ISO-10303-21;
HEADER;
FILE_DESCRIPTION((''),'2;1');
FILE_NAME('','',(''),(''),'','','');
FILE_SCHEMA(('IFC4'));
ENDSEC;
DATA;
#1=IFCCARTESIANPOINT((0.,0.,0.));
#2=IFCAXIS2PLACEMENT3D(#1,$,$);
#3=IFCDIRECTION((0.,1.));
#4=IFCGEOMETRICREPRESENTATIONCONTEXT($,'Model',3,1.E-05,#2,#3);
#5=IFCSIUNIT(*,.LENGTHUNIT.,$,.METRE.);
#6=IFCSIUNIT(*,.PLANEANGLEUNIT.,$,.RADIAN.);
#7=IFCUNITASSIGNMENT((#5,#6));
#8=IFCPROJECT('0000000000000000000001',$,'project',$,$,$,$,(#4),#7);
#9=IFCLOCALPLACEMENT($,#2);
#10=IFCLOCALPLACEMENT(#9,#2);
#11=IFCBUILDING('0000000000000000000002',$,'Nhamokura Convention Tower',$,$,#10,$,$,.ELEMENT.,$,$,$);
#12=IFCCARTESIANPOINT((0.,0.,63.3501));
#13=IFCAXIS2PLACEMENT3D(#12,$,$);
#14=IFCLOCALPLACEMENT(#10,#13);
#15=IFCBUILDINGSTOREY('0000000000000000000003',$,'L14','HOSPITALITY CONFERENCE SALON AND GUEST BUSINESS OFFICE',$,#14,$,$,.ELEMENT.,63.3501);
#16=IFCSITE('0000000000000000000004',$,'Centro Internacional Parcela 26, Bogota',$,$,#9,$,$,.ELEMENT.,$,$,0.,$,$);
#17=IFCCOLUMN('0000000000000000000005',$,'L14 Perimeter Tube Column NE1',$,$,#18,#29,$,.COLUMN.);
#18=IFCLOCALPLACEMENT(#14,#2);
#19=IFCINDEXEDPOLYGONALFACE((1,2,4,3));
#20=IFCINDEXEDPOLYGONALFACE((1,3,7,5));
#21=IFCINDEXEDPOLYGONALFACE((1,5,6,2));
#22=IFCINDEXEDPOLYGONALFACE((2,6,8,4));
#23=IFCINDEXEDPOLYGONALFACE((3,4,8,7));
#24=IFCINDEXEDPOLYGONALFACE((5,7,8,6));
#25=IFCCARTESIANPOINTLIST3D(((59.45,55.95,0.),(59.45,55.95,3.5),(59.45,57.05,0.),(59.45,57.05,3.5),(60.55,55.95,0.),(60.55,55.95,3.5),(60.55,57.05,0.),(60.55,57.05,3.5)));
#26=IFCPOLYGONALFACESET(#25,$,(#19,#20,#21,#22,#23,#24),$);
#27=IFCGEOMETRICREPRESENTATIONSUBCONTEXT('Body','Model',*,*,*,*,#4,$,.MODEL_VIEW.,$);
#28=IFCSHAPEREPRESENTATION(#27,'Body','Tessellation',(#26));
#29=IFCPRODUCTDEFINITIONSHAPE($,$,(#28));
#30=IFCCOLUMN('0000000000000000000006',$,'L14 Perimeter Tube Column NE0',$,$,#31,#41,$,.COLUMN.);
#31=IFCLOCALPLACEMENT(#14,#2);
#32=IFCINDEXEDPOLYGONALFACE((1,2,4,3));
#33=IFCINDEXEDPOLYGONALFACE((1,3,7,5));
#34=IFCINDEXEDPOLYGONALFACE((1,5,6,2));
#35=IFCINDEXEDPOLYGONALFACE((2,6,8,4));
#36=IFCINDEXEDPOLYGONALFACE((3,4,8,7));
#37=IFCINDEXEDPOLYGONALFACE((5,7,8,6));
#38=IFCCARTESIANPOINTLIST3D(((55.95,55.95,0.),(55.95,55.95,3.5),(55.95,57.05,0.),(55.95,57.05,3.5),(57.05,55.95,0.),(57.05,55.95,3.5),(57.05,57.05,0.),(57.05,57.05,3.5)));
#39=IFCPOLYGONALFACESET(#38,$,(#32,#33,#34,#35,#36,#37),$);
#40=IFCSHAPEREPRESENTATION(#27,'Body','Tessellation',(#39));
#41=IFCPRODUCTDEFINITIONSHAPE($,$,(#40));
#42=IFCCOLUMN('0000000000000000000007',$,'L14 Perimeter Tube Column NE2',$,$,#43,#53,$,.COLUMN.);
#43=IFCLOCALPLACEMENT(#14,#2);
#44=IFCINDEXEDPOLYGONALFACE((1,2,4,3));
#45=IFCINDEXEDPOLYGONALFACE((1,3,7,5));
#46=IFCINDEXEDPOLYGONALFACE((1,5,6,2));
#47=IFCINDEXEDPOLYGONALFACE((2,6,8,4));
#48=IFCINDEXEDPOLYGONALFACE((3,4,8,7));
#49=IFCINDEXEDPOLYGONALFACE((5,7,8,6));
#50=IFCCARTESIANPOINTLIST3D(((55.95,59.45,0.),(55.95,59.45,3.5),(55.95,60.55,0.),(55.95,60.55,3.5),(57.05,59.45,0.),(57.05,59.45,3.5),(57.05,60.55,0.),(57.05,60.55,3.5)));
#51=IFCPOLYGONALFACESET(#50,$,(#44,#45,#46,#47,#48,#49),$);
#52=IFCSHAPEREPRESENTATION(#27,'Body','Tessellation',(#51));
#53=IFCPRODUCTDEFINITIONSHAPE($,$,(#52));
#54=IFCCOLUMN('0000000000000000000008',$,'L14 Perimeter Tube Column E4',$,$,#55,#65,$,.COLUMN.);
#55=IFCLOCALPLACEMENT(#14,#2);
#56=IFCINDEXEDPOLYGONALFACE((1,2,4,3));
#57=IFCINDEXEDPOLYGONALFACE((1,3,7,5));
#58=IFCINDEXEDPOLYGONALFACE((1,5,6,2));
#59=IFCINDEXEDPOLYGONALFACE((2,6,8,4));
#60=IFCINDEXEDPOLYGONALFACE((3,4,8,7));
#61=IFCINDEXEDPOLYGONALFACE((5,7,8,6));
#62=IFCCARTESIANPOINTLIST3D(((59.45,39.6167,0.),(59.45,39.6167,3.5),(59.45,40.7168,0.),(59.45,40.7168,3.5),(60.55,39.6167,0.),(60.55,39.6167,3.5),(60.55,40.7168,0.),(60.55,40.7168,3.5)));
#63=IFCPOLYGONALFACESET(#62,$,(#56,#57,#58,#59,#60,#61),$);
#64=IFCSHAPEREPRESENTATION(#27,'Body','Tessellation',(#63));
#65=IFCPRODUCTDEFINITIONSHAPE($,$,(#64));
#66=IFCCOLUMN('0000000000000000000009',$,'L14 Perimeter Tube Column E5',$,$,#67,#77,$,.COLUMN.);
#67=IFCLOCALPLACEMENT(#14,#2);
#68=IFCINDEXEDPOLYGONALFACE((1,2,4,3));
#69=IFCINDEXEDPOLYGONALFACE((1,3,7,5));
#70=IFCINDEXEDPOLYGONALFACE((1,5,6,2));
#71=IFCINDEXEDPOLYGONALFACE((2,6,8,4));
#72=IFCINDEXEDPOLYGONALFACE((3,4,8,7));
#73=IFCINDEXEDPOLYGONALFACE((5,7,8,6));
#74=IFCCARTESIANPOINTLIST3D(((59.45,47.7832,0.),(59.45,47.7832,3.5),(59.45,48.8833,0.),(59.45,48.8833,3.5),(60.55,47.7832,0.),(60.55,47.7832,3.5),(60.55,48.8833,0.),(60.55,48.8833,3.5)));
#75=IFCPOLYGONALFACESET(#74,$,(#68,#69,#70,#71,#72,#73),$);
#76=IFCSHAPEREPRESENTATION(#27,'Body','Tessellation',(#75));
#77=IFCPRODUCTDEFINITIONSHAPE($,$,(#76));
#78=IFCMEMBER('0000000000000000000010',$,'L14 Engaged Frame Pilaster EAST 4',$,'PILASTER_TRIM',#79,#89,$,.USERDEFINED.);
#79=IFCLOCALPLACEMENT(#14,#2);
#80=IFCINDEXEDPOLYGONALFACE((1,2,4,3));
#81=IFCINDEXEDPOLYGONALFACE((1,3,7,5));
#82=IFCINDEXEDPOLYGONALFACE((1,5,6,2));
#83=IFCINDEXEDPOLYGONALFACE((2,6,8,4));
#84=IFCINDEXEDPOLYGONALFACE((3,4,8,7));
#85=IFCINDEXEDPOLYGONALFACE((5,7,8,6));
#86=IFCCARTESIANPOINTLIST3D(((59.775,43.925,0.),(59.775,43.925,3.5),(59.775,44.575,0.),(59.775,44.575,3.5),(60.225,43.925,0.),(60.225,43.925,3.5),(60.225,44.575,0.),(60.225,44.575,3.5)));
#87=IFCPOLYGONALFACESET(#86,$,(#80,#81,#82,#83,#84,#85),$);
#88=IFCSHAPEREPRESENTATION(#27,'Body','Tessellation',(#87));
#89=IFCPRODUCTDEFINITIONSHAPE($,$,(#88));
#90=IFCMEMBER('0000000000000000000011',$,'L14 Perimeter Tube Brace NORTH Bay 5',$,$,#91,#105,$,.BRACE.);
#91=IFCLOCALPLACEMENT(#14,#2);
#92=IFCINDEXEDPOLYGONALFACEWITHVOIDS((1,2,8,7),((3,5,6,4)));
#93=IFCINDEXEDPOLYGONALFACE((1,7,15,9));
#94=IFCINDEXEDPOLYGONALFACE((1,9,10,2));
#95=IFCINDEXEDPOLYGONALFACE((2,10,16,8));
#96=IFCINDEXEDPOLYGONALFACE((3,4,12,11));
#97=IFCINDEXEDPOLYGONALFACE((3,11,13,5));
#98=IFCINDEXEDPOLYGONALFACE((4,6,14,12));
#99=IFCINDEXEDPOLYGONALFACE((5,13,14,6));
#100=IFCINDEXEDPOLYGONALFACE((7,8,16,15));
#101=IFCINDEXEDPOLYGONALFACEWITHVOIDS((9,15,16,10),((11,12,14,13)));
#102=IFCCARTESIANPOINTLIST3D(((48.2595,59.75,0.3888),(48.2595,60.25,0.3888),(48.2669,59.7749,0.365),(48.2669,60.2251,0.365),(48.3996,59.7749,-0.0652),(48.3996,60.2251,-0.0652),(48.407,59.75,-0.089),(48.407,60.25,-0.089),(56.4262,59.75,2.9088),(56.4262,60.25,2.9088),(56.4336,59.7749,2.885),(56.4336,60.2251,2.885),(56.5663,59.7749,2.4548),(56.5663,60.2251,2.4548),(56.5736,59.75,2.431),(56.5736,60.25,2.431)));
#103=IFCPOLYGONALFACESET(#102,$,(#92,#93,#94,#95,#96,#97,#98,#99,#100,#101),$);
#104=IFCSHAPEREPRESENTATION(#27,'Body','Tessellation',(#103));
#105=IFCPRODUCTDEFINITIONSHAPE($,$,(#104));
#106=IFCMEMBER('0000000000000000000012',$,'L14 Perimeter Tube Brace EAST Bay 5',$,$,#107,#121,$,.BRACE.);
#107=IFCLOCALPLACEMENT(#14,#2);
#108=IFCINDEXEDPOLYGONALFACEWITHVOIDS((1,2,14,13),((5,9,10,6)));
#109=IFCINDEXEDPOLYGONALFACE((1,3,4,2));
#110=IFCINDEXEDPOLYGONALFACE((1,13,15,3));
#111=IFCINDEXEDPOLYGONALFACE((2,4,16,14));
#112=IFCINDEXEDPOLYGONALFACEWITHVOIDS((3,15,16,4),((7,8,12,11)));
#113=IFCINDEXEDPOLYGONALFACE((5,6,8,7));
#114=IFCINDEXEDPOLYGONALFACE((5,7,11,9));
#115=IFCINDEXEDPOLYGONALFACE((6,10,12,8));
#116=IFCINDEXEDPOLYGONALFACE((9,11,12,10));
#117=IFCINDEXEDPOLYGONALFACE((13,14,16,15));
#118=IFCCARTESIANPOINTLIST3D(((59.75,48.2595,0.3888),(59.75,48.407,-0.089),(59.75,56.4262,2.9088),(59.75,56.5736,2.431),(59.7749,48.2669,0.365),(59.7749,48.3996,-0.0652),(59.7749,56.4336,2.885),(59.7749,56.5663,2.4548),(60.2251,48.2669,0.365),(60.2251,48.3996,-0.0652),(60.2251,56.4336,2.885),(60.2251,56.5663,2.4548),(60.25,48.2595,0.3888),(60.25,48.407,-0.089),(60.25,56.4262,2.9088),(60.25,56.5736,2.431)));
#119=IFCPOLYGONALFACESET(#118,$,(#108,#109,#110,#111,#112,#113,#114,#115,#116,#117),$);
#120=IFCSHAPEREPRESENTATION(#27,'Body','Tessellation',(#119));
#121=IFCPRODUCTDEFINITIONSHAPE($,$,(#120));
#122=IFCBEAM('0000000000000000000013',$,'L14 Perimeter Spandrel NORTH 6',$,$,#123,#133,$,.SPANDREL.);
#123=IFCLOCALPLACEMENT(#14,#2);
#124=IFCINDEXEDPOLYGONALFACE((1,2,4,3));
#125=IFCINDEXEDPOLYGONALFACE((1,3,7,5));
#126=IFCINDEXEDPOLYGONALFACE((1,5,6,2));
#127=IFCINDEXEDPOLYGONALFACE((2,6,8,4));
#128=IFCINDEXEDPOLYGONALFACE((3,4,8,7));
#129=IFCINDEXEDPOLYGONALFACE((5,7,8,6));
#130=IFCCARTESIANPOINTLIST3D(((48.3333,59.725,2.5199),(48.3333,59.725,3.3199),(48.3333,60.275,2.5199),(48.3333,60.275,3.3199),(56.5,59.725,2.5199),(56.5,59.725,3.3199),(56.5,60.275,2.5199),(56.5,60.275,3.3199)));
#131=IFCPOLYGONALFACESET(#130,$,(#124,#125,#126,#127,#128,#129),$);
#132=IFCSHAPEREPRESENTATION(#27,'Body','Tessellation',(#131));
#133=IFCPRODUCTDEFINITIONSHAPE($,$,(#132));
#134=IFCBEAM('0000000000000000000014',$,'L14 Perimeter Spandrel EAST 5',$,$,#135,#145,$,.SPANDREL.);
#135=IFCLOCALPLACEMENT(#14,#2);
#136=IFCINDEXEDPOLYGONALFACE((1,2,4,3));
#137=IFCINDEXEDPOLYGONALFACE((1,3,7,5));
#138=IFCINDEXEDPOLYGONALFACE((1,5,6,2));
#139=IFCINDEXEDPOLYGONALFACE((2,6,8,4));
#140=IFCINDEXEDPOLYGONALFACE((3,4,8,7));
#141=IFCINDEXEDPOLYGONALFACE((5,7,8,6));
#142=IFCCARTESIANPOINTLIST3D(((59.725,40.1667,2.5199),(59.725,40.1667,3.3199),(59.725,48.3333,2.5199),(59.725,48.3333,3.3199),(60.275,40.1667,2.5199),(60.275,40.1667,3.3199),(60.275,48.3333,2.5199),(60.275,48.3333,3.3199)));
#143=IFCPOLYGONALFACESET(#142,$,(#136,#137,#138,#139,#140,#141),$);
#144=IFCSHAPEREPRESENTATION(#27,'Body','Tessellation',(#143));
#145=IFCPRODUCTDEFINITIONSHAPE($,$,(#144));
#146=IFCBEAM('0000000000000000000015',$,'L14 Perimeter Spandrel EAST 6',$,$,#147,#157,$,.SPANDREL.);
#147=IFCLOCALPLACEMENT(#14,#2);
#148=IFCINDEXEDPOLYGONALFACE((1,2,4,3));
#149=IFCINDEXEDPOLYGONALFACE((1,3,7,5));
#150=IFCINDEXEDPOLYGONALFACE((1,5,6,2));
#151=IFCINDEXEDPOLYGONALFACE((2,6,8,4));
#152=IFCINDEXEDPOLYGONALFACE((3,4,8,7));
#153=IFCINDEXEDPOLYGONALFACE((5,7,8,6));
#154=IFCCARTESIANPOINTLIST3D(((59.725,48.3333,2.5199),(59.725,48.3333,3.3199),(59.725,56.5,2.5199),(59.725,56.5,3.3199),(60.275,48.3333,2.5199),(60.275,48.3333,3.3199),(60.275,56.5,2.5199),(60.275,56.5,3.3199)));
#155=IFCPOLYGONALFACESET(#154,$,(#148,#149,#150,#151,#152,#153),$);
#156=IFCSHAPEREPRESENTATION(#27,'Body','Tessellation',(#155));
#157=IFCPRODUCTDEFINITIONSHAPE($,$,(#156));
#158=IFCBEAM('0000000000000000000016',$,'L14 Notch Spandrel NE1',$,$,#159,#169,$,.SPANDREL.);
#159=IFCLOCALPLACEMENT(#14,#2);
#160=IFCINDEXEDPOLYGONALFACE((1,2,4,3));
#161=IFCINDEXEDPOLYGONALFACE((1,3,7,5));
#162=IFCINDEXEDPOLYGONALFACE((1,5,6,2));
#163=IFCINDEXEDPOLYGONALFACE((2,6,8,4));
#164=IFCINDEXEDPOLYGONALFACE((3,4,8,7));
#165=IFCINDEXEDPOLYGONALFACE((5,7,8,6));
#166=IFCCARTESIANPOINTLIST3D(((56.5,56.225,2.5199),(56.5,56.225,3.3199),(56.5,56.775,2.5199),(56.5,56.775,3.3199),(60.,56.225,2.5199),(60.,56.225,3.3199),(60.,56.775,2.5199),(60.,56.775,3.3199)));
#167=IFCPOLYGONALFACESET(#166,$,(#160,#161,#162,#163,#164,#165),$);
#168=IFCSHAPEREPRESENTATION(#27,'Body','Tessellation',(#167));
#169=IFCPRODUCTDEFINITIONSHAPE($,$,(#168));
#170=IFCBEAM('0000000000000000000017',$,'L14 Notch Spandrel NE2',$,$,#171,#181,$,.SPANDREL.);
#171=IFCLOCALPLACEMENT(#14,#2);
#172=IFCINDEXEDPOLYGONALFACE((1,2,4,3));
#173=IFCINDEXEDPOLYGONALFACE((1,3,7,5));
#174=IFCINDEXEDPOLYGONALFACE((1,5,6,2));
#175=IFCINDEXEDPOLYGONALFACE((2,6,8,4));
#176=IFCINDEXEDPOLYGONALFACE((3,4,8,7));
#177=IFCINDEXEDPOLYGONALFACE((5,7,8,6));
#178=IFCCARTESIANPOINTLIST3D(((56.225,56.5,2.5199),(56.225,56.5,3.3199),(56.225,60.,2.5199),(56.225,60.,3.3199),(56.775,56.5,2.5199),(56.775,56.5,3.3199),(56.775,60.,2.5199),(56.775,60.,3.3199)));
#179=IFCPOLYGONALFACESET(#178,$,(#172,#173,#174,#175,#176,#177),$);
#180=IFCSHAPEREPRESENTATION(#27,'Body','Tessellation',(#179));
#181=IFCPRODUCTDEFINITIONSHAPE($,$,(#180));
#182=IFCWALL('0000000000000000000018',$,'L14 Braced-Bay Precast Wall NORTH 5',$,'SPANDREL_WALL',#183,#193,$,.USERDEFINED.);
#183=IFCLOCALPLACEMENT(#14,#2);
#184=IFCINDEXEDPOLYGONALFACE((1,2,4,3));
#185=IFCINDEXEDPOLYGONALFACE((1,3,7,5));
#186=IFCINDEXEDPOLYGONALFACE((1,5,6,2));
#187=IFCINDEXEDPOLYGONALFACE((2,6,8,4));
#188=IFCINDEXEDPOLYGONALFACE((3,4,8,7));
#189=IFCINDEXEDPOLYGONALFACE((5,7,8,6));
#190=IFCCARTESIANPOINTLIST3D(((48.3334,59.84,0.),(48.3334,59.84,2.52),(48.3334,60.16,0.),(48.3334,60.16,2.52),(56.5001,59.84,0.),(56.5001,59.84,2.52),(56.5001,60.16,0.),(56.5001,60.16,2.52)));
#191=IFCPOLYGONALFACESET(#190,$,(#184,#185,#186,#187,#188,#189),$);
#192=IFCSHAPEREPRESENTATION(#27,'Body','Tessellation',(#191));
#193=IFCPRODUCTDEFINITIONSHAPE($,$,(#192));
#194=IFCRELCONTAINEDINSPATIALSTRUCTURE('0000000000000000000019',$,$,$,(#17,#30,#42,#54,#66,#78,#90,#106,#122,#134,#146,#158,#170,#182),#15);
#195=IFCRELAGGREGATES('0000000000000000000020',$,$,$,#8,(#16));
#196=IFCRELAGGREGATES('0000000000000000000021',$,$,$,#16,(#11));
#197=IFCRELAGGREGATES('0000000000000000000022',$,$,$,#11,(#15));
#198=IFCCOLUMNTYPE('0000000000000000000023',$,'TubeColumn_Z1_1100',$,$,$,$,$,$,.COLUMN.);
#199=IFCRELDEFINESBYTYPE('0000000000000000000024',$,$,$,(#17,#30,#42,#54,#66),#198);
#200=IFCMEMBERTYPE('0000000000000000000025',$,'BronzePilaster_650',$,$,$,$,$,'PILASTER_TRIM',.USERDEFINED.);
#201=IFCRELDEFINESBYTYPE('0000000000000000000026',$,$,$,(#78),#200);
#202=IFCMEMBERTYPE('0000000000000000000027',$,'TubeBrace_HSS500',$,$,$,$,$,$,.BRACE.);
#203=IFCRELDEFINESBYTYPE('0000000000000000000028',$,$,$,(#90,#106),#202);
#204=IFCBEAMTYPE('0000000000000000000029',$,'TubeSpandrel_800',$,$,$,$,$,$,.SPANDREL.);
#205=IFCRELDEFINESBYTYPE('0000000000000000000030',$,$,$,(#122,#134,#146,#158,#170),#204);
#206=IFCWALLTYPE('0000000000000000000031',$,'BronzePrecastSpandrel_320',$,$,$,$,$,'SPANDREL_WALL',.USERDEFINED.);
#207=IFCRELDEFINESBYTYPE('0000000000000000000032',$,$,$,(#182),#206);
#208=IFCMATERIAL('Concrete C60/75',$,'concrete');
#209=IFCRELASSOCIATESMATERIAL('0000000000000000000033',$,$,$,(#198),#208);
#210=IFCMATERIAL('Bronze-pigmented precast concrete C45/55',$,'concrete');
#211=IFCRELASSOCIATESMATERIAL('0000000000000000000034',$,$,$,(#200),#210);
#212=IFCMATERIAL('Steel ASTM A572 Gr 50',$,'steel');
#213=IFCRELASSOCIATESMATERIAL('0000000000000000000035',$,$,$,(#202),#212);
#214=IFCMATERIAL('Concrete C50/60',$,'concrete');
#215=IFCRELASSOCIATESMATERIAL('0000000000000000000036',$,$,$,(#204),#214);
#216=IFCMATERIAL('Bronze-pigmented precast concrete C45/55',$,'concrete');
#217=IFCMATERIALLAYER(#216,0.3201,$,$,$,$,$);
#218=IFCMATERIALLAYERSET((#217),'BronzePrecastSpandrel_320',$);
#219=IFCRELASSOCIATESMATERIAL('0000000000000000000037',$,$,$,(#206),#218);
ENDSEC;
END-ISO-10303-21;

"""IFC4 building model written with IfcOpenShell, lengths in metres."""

from ifc_helpers import new_model, si_unit, direction, frame, frame_2d, origin, origin_2d, place, context, subcontext, project, spatial, rectangle, hollow_rectangle, extrude, material, layer, layer_set, material_profile, profile_set, type_object, element, save


model = new_model("IFC4")

# Units and contexts
model_context = context("Model", 3, precision=1e-05, world=origin(), true_north=direction((0.0, 1.0)))
body_context = subcontext(model_context, "Body", "Model", "MODEL_VIEW")
ifc_project = project(units=[si_unit("LENGTHUNIT", "METRE"), si_unit("PLANEANGLEUNIT", "RADIAN")], contexts=[model_context])

# Site, building, storey
site_placement = place(None, origin())
site = spatial("IfcSite", under=ifc_project, at=site_placement, Name="Centro Internacional Parcela 26, Bogota", CompositionType="ELEMENT", RefElevation=0.0)
building_placement = place(site_placement, origin())
building = spatial("IfcBuilding", under=site, at=building_placement, Name="Nhamokura Convention Tower", CompositionType="ELEMENT")
storey_placement = place(building_placement, frame((0.0, 0.0, 63.3501)))
storey = spatial("IfcBuildingStorey", under=building, at=storey_placement, Name="L14", Description="HOSPITALITY CONFERENCE SALON AND GUEST BUSINESS OFFICE", CompositionType="ELEMENT", Elevation=63.3501)

# Columns
ifc_material_1 = material(Name="Concrete C60/75", Category="concrete")
ifc_material_profile_1 = material_profile(ifc_material_1, rectangle(XDim=1.1001, YDim=1.1001, at=origin_2d()))
ifc_profile_set_1 = profile_set([ifc_material_profile_1], Name="Concrete C60/75")
column_type = type_object("IfcColumnType", Name="TubeColumn_Z1_1100", PredefinedType="COLUMN", material=ifc_profile_set_1)
for number, where, z_axis, x_axis, name in (
    (1, (60.0, 56.5, 0.0), (0.0, 0.0, 1.0), (1.0, 0.0, 0.0), "L14 Perimeter Tube Column NE1"),
    (2, (56.5, 56.5, 0.0), (0.0, 0.0, 1.0), (1.0, 0.0, 0.0), "L14 Perimeter Tube Column NE0"),
    (3, (56.5, 60.0, 0.0), (0.0, 0.0, 1.0), (1.0, 0.0, 0.0), "L14 Perimeter Tube Column NE2"),
    (4, (60.0, 40.1667, 0.0), (0.0, 0.0, 1.0), (1.0, 0.0, 0.0), "L14 Perimeter Tube Column E4"),
    (5, (60.0, 48.3333, 0.0), (0.0, 0.0, 1.0), (1.0, 0.0, 0.0), "L14 Perimeter Tube Column E5"),
):
    element("IfcColumn", number, at=place(storey_placement, frame(where, z_axis=z_axis, x_axis=x_axis)), inside=storey, type_object=column_type, Name=name, PredefinedType="COLUMN", context=body_context, shape_type="SweptSolid", body=[
        extrude(rectangle(XDim=1.1001, YDim=1.1001, at=origin_2d()), origin(), (0.0, 0.0, 1.0), 3.5),
    ])

# Members
ifc_material_2 = material(Name="Bronze-pigmented precast concrete C45/55", Category="concrete")
ifc_material_profile_2 = material_profile(ifc_material_2, rectangle(XDim=0.45, YDim=0.6499, at=origin_2d()))
ifc_profile_set_2 = profile_set([ifc_material_profile_2], Name="Bronze-pigmented precast concrete C45/55")
member_type_1 = type_object("IfcMemberType", Name="BronzePilaster_650", ElementType="PILASTER_TRIM", PredefinedType="USERDEFINED", material=ifc_profile_set_2)
member_placement = place(storey_placement, frame((60.0, 44.25, 0.0), z_axis=(0.0, 0.0, 1.0), x_axis=(1.0, 0.0, 0.0)))
element("IfcMember", 6, at=member_placement, inside=storey, type_object=member_type_1, Name="L14 Engaged Frame Pilaster EAST 4", ObjectType="PILASTER_TRIM", PredefinedType="USERDEFINED", context=body_context, shape_type="SweptSolid", body=[
    extrude(rectangle(XDim=0.45, YDim=0.6499, at=origin_2d()), origin(), (0.0, 0.0, 1.0), 3.5),
])
ifc_material_3 = material(Name="Steel ASTM A572 Gr 50", Category="steel")
ifc_material_profile_3 = material_profile(ifc_material_3, hollow_rectangle(XDim=0.5, YDim=0.5, WallThickness=0.0249, at=origin_2d()))
ifc_profile_set_3 = profile_set([ifc_material_profile_3], Name="Steel ASTM A572 Gr 50")
member_type_2 = type_object("IfcMemberType", Name="TubeBrace_HSS500", PredefinedType="BRACE", material=ifc_profile_set_3)
for number, where, z_axis, x_axis, name in (
    (7, (48.3333, 60.0, 0.1499), (0.955543, 0.0, 0.294853), (0.0, 1.0, 0.0), "L14 Perimeter Tube Brace NORTH Bay 5"),
    (8, (60.0, 48.3333, 0.1499), (0.0, 0.955543, 0.294853), (-1.0, 0.0, 0.0), "L14 Perimeter Tube Brace EAST Bay 5"),
):
    element("IfcMember", number, at=place(storey_placement, frame(where, z_axis=z_axis, x_axis=x_axis)), inside=storey, type_object=member_type_2, Name=name, PredefinedType="BRACE", context=body_context, shape_type="SweptSolid", body=[
        extrude(hollow_rectangle(XDim=0.5, YDim=0.5, WallThickness=0.0249, at=origin_2d()), origin(), (0.0, 0.0, 1.0), 8.5466),
    ])

# Beams
ifc_material_4 = material(Name="Concrete C50/60", Category="concrete")
ifc_material_profile_4 = material_profile(ifc_material_4, rectangle(XDim=0.55, YDim=0.8, at=origin_2d()))
ifc_profile_set_4 = profile_set([ifc_material_profile_4], Name="Concrete C50/60")
beam_type = type_object("IfcBeamType", Name="TubeSpandrel_800", PredefinedType="SPANDREL", material=ifc_profile_set_4)
beam_1_placement = place(storey_placement, frame((48.3333, 60.0, 2.9199), z_axis=(1.0, 0.0, 0.0), x_axis=(0.0, 1.0, 0.0)))
element("IfcBeam", 9, at=beam_1_placement, inside=storey, type_object=beam_type, Name="L14 Perimeter Spandrel NORTH 6", PredefinedType="SPANDREL", context=body_context, shape_type="SweptSolid", body=[
    extrude(rectangle(XDim=0.55, YDim=0.8, at=origin_2d()), origin(), (0.0, 0.0, 1.0), 8.1667),
])
beam_2_placement = place(storey_placement, frame((60.0, 40.1667, 2.9199), z_axis=(0.0, 1.0, 0.0), x_axis=(-1.0, 0.0, 0.0)))
element("IfcBeam", 10, at=beam_2_placement, inside=storey, type_object=beam_type, Name="L14 Perimeter Spandrel EAST 5", PredefinedType="SPANDREL", context=body_context, shape_type="SweptSolid", body=[
    extrude(rectangle(XDim=0.55, YDim=0.8, at=origin_2d()), origin(), (0.0, 0.0, 1.0), 8.1665),
])
beam_3_placement = place(storey_placement, frame((60.0, 48.3333, 2.9199), z_axis=(0.0, 1.0, 0.0), x_axis=(-1.0, 0.0, 0.0)))
element("IfcBeam", 11, at=beam_3_placement, inside=storey, type_object=beam_type, Name="L14 Perimeter Spandrel EAST 6", PredefinedType="SPANDREL", context=body_context, shape_type="SweptSolid", body=[
    extrude(rectangle(XDim=0.55, YDim=0.8, at=origin_2d()), origin(), (0.0, 0.0, 1.0), 8.1667),
])
for number, where, z_axis, x_axis, name in (
    (12, (60.0, 56.5, 2.9199), (-1.0, 0.0, 0.0), (0.0, -1.0, 0.0), "L14 Notch Spandrel NE1"),
    (13, (56.5, 56.5, 2.9199), (0.0, 1.0, 0.0), (-1.0, 0.0, 0.0), "L14 Notch Spandrel NE2"),
):
    element("IfcBeam", number, at=place(storey_placement, frame(where, z_axis=z_axis, x_axis=x_axis)), inside=storey, type_object=beam_type, Name=name, PredefinedType="SPANDREL", context=body_context, shape_type="SweptSolid", body=[
        extrude(rectangle(XDim=0.55, YDim=0.8, at=origin_2d()), origin(), (0.0, 0.0, 1.0), 3.5),
    ])

# Wall
ifc_material_5 = material(Name="Bronze-pigmented precast concrete C45/55", Category="concrete")
ifc_layer = layer(ifc_material_5, 0.3201)
ifc_layer_set = layer_set([ifc_layer], Name="BronzePrecastSpandrel_320")
wall_type = type_object("IfcWallType", Name="BronzePrecastSpandrel_320", ElementType="SPANDREL_WALL", PredefinedType="USERDEFINED", material=ifc_layer_set)
wall_1_placement = place(storey_placement, frame((48.3333, 60.0, 0.0), z_axis=(0.0, 0.0, 1.0), x_axis=(1.0, 0.0, 0.0)))
element("IfcWall", 14, at=wall_1_placement, inside=storey, type_object=wall_type, Name="L14 Braced-Bay Precast Wall NORTH 5", ObjectType="SPANDREL_WALL", PredefinedType="USERDEFINED", context=body_context, shape_type="SweptSolid", body=[
    extrude(rectangle(XDim=8.1667, YDim=0.3201, at=frame_2d((4.0835, 0.0))), origin(), (0.0, 0.0, 1.0), 2.52),
])

save(model, "model.ifc")
